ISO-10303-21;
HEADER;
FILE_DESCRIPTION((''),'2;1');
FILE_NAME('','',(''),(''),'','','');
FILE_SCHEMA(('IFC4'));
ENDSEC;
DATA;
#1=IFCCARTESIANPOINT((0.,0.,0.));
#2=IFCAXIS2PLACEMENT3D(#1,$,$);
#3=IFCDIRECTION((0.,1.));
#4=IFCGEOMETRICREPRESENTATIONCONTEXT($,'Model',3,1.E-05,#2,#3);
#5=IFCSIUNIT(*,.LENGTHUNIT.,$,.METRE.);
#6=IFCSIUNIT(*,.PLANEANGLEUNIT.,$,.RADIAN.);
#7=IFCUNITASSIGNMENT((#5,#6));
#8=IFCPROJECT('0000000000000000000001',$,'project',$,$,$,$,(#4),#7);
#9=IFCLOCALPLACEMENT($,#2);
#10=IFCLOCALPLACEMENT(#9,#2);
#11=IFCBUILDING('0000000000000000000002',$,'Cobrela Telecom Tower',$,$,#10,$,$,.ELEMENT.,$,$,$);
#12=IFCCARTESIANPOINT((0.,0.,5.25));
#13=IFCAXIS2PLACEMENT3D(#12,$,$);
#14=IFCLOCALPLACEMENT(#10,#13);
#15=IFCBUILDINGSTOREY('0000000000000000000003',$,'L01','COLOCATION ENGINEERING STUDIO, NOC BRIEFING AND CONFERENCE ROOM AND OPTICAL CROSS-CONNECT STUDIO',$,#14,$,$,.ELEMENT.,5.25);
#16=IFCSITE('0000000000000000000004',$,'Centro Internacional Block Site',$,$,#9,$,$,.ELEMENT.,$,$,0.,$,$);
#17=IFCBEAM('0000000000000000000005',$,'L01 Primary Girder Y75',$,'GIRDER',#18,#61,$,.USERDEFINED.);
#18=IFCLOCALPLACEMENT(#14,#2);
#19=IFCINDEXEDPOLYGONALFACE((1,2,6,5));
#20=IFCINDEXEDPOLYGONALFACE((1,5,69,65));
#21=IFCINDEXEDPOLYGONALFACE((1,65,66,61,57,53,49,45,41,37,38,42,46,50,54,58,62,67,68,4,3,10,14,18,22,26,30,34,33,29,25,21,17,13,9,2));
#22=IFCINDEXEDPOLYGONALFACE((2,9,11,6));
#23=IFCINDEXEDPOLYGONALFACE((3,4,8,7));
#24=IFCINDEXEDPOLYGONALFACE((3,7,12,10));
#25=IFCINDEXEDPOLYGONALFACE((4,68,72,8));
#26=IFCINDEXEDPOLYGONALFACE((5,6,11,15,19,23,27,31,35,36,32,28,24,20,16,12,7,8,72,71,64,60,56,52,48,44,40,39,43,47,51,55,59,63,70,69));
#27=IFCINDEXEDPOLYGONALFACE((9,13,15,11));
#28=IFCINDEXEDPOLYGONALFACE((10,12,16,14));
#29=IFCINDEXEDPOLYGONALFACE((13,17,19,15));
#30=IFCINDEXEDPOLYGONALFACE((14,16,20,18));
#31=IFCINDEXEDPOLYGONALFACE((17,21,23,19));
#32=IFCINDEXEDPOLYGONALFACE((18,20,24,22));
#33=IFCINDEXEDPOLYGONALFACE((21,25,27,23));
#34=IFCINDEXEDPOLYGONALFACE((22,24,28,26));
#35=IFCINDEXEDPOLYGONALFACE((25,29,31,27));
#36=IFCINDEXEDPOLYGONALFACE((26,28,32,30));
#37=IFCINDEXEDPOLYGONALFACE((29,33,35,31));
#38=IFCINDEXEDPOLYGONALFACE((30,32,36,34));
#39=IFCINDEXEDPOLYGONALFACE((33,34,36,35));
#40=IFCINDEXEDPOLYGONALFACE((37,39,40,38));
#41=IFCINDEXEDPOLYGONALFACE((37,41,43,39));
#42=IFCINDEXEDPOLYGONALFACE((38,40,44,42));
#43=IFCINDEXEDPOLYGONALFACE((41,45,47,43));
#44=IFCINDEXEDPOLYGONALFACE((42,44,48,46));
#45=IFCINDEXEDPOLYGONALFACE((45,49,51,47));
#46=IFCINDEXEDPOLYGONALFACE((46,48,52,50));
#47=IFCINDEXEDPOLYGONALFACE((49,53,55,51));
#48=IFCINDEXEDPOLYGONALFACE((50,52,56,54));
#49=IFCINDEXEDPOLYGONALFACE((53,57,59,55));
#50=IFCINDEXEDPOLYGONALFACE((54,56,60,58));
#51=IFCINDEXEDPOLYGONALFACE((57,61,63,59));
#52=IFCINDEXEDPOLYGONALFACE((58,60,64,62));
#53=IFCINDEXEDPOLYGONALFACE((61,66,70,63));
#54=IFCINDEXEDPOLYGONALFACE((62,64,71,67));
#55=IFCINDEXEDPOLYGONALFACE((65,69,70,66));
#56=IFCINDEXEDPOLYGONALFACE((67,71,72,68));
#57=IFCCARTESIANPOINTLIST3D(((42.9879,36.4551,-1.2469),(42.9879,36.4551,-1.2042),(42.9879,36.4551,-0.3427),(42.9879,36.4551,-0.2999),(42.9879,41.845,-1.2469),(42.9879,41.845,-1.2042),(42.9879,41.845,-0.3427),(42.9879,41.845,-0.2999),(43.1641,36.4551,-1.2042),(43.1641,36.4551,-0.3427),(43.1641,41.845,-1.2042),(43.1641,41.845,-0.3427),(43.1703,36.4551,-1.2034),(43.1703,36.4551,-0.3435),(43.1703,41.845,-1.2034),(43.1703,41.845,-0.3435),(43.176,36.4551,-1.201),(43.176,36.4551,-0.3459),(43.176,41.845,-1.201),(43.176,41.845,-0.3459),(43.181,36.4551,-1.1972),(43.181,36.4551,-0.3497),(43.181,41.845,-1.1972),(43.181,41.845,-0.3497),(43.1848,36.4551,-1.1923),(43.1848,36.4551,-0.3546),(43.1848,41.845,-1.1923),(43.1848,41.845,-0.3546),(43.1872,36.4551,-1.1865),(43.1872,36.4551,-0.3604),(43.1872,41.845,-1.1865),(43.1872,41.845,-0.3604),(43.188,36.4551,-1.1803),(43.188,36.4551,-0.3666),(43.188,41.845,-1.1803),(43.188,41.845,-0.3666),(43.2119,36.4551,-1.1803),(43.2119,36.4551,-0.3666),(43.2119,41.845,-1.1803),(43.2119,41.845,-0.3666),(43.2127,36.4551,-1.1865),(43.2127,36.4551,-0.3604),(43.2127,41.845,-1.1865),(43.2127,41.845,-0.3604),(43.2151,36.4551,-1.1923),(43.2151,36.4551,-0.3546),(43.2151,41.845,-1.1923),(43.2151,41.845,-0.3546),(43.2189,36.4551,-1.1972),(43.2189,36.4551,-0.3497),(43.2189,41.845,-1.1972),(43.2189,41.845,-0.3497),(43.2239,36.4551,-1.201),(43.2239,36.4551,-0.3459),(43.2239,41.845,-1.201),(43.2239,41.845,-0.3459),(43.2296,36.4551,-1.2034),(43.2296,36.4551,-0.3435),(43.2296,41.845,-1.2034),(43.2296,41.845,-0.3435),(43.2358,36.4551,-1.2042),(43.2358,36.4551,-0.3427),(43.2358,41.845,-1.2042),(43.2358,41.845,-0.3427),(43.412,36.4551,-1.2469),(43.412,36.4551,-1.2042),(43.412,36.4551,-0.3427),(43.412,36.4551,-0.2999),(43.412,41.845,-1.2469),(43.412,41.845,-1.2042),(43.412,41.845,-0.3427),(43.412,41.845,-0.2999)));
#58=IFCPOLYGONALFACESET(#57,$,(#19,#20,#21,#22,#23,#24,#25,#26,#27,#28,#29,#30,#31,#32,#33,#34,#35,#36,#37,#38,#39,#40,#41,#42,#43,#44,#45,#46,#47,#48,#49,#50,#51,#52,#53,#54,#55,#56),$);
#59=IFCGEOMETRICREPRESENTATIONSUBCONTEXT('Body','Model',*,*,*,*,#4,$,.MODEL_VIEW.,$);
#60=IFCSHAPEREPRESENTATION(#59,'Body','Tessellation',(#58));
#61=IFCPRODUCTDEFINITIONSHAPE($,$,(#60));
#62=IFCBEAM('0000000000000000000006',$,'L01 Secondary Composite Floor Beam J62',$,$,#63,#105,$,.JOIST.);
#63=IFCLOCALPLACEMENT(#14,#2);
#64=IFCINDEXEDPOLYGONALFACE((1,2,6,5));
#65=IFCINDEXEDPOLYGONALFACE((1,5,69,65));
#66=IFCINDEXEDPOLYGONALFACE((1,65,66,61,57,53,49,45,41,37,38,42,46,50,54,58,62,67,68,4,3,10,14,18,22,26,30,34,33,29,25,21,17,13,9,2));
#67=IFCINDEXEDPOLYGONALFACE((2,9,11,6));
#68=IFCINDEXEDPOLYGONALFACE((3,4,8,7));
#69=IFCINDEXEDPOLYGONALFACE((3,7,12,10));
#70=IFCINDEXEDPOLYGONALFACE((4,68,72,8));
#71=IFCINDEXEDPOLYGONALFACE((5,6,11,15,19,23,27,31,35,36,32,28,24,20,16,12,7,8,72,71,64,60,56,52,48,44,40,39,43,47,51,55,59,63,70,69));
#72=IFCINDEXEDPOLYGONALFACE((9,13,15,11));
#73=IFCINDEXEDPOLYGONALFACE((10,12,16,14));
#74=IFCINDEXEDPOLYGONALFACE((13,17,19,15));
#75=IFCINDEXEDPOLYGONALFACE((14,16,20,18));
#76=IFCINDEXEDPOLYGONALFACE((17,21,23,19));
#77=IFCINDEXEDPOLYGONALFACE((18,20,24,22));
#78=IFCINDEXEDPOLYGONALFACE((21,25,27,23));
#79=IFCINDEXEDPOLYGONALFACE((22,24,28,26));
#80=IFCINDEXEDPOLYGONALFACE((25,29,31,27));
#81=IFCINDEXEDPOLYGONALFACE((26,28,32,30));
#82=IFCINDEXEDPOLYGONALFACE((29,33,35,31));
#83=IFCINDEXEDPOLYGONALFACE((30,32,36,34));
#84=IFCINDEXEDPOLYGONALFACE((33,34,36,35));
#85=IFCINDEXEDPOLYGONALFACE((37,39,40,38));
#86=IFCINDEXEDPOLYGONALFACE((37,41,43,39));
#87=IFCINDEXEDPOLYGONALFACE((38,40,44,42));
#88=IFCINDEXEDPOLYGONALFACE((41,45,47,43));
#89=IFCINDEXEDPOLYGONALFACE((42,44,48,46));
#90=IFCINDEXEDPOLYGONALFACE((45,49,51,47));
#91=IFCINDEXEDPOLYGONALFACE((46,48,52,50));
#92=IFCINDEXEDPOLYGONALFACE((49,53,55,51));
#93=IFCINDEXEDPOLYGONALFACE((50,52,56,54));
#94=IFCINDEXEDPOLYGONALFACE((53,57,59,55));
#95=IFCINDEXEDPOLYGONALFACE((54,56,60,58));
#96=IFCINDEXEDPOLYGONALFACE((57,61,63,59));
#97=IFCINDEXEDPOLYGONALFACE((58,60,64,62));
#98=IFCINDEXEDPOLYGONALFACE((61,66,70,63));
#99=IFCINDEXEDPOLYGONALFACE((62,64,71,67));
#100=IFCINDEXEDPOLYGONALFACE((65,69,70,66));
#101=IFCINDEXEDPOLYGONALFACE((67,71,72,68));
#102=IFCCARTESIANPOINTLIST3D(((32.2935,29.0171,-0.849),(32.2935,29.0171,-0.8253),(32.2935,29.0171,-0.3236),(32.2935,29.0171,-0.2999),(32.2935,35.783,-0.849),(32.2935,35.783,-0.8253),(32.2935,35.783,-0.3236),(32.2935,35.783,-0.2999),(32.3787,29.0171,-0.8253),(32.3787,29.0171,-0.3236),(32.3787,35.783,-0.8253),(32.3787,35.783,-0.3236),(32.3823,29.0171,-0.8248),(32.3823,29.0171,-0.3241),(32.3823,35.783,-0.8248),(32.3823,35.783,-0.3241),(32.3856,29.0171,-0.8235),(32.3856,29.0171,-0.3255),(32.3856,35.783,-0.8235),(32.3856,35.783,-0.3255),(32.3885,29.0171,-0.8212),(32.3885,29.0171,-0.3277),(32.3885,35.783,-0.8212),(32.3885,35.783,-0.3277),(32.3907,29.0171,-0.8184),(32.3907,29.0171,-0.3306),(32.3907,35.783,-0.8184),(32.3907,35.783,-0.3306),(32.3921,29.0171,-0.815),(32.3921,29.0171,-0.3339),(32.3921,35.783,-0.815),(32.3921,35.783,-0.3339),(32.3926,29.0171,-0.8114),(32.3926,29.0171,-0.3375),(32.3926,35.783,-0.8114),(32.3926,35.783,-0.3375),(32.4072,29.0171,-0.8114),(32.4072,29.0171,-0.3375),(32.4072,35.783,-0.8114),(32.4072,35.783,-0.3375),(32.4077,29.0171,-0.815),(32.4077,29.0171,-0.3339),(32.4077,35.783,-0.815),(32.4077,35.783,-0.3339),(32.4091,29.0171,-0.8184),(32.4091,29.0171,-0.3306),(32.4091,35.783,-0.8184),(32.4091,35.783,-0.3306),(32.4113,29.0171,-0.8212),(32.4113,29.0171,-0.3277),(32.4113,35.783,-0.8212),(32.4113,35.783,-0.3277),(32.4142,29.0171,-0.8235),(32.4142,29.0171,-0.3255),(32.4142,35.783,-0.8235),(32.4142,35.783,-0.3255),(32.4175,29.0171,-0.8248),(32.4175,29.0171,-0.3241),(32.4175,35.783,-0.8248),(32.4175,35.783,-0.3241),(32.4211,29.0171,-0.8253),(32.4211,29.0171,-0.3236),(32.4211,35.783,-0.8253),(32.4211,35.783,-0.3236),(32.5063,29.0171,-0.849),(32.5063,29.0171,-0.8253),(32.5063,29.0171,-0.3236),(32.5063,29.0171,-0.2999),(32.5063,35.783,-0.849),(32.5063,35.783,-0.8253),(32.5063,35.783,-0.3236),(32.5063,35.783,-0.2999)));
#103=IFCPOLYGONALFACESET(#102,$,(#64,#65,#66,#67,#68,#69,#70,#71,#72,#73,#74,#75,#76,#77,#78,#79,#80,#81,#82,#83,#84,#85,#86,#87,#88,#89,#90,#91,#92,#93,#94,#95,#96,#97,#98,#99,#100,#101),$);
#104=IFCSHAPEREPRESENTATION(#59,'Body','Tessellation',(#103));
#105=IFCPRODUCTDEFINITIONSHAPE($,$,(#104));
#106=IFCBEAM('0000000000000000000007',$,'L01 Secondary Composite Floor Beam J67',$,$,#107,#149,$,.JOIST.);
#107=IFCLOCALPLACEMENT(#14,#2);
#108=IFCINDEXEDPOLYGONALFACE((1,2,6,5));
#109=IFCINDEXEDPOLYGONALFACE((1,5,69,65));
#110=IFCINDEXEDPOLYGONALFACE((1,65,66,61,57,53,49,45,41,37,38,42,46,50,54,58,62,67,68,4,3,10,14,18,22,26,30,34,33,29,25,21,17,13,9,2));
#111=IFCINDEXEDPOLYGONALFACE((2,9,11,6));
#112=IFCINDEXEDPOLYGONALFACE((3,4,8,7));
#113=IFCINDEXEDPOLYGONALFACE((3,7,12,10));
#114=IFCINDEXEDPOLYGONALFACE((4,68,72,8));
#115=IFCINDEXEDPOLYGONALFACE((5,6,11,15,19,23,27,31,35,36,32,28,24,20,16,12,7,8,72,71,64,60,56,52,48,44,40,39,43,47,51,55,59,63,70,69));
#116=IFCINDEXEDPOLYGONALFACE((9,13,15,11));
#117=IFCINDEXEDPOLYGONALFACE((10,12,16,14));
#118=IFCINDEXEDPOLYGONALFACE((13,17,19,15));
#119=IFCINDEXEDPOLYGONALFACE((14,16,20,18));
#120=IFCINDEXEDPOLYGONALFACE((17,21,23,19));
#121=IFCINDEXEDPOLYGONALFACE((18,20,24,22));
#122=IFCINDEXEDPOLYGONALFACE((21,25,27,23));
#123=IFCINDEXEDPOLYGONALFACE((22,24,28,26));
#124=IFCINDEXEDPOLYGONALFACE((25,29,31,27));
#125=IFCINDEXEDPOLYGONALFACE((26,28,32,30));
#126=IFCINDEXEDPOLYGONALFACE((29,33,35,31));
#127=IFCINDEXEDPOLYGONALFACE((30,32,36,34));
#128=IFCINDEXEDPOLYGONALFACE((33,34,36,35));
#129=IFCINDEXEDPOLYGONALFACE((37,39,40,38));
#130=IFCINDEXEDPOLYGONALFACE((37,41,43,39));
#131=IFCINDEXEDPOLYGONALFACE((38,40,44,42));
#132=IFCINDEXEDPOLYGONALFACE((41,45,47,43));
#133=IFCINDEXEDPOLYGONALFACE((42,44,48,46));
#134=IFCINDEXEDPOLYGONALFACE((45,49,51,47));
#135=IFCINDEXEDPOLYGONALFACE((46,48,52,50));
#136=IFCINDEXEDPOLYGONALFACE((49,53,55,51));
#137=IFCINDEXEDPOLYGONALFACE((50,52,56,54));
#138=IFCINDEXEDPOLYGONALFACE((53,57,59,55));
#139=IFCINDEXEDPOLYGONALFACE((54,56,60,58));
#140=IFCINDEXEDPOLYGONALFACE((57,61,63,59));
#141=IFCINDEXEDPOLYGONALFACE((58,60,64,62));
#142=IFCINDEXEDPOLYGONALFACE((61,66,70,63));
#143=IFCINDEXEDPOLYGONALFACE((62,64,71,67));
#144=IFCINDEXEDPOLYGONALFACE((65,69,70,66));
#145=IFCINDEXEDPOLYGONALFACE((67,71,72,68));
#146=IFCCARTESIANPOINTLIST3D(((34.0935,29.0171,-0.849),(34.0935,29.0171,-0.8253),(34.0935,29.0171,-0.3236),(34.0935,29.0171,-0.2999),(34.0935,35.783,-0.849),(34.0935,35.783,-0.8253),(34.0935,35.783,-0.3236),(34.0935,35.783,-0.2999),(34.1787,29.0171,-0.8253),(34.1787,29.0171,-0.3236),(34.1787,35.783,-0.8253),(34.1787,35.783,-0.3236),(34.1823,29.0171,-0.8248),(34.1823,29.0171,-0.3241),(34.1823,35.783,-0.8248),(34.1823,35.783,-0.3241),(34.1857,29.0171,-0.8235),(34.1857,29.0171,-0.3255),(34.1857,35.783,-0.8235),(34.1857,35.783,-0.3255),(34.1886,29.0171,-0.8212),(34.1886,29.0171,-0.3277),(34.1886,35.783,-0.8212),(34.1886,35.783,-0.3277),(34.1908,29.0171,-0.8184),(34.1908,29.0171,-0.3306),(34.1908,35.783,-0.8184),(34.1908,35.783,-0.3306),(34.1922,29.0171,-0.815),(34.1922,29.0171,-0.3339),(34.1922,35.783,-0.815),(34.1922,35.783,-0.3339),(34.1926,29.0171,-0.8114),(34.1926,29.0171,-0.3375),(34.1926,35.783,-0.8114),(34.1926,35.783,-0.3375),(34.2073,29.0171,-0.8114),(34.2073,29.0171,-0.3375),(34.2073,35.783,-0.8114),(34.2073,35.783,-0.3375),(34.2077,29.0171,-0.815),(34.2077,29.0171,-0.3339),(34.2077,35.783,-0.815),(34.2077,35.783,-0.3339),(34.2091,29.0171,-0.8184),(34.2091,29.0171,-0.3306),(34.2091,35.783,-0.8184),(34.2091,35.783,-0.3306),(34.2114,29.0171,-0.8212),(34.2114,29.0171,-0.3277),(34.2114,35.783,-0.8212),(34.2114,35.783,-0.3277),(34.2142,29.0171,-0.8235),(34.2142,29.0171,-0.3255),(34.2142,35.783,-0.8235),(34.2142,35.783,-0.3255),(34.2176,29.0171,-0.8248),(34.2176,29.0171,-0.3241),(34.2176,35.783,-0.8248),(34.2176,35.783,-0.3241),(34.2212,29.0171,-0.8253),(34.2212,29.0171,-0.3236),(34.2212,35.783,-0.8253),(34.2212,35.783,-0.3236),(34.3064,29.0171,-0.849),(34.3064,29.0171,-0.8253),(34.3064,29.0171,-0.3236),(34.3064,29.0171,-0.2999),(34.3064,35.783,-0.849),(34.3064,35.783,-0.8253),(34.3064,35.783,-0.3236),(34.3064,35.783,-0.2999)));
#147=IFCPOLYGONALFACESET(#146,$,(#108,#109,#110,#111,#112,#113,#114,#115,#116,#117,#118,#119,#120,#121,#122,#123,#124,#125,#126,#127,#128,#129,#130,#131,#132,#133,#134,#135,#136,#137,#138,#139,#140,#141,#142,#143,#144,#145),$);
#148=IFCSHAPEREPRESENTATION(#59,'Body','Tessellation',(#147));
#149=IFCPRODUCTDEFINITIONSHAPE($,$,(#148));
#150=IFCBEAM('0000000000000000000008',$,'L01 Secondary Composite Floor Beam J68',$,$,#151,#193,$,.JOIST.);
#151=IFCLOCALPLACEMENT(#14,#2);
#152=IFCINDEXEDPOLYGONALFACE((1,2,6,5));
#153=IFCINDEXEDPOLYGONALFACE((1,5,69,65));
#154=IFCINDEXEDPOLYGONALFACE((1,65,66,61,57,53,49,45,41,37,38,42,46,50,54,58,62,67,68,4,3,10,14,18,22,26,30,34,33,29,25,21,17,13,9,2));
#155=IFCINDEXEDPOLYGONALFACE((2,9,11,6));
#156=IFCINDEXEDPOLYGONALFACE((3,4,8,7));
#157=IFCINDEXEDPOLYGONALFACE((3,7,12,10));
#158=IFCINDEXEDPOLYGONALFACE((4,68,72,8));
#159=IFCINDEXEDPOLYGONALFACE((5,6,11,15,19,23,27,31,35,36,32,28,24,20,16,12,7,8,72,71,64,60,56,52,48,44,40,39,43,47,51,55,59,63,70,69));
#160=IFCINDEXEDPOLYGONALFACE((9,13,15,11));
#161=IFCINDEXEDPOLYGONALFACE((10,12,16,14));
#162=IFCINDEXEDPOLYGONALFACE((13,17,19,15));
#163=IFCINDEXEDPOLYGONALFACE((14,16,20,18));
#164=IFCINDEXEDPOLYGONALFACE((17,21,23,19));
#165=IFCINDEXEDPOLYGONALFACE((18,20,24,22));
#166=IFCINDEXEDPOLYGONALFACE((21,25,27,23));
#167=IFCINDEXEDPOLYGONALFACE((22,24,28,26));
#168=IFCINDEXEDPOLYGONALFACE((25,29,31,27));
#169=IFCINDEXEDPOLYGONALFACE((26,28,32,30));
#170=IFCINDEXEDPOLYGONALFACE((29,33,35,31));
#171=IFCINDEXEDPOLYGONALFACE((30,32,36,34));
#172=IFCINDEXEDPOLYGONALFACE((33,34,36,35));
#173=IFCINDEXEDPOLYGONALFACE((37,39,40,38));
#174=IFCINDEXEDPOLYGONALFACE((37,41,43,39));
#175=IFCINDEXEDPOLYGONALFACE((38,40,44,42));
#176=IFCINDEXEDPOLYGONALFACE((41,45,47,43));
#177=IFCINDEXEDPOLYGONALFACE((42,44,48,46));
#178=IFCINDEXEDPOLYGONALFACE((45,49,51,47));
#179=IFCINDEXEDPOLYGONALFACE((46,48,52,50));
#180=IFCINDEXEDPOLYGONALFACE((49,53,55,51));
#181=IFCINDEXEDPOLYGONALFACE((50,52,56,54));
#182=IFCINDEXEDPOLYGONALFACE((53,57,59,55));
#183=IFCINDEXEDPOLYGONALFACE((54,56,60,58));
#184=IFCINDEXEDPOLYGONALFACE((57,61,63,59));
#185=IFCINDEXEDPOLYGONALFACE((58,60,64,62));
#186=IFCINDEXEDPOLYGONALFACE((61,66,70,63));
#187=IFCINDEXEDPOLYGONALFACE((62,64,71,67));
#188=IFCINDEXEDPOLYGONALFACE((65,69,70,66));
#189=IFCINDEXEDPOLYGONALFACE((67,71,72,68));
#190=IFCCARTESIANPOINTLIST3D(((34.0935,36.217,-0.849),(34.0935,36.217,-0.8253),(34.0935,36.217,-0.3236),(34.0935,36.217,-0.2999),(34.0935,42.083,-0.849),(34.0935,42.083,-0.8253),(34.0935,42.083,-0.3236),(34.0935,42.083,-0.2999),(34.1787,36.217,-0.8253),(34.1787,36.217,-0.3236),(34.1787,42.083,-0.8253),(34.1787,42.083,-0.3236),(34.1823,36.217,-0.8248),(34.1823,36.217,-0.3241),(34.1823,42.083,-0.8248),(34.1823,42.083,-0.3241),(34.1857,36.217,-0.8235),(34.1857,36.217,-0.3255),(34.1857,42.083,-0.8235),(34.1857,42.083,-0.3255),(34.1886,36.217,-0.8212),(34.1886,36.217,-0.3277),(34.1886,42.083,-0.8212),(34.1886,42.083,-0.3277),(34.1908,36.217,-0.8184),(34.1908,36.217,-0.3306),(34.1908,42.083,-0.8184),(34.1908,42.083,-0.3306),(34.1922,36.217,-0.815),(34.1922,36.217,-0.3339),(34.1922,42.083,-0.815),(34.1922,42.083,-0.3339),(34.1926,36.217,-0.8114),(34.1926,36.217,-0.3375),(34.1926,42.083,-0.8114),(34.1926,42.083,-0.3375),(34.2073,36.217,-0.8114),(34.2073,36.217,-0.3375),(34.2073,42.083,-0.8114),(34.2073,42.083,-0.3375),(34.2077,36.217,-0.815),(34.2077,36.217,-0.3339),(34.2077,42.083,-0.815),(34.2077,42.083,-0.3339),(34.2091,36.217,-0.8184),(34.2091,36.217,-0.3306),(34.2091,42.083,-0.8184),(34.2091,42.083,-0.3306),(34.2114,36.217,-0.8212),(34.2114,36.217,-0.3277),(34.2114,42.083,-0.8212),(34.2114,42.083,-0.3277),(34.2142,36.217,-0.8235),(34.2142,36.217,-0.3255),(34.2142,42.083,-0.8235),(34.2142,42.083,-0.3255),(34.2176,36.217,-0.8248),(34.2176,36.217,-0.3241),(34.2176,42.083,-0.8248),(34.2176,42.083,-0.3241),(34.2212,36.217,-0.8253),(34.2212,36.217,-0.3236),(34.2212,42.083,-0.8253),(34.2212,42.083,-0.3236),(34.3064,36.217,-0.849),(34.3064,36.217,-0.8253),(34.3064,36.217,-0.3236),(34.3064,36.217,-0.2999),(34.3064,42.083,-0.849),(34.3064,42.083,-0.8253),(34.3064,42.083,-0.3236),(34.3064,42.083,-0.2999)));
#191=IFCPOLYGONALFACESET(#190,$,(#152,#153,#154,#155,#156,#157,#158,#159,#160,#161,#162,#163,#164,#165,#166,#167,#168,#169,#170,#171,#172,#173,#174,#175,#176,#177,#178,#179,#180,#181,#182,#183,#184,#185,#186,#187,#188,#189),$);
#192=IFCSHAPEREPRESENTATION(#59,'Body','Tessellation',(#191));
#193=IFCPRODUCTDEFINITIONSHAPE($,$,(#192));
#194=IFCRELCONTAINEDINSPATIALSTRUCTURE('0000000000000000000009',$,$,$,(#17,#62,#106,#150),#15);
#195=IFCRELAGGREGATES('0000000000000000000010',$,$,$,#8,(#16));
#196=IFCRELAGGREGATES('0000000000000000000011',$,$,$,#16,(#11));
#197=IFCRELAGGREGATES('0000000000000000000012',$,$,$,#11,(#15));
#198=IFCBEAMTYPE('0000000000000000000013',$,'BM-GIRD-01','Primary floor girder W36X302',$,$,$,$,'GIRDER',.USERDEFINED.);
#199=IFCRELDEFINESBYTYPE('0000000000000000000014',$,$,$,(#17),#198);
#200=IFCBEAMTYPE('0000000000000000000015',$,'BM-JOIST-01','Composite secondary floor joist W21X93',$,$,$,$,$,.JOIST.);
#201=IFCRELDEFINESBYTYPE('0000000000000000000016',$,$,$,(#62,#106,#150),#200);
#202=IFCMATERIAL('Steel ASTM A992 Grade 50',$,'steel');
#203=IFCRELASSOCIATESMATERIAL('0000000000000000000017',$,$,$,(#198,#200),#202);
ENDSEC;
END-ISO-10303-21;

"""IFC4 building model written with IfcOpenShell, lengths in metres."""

from ifc_helpers import new_model, si_unit, direction, frame, origin, origin_2d, place, context, subcontext, project, spatial, i_section, extrude, material, material_profile, profile_set, type_object, element, save


model = new_model("IFC4")

# Units and contexts
model_context = context("Model", 3, precision=1e-05, world=origin(), true_north=direction((0.0, 1.0)))
body_context = subcontext(model_context, "Body", "Model", "MODEL_VIEW")
ifc_project = project(units=[si_unit("LENGTHUNIT", "METRE"), si_unit("PLANEANGLEUNIT", "RADIAN")], contexts=[model_context])

# Site, building, storey
site_placement = place(None, origin())
site = spatial("IfcSite", under=ifc_project, at=site_placement, Name="Centro Internacional Block Site", CompositionType="ELEMENT", RefElevation=0.0)
building_placement = place(site_placement, origin())
building = spatial("IfcBuilding", under=site, at=building_placement, Name="Cobrela Telecom Tower", CompositionType="ELEMENT")
storey_placement = place(building_placement, frame((0.0, 0.0, 5.25)))
storey = spatial("IfcBuildingStorey", under=building, at=storey_placement, Name="L01", Description="COLOCATION ENGINEERING STUDIO, NOC BRIEFING AND CONFERENCE ROOM AND OPTICAL CROSS-CONNECT STUDIO", CompositionType="ELEMENT", Elevation=5.25)

# Beams
ifc_material_1 = material(Name="Steel ASTM A992 Grade 50", Category="steel")
ifc_material_profile_1 = material_profile(ifc_material_1, i_section(OverallWidth=0.4241, OverallDepth=0.947, WebThickness=0.0239, FlangeThickness=0.0427, FilletRadius=0.0239, at=origin_2d()), Name="W36X302")
ifc_profile_set_1 = profile_set([ifc_material_profile_1], Name="Steel ASTM A992 Grade 50")
beam_type_1 = type_object("IfcBeamType", Name="BM-GIRD-01", Description="Primary floor girder W36X302", ElementType="GIRDER", PredefinedType="USERDEFINED", material=ifc_profile_set_1)
beam_1_placement = place(storey_placement, frame((43.2, 36.4551, -0.7734), z_axis=(0.0, 1.0, 0.0), x_axis=(-1.0, 0.0, 0.0)))
element("IfcBeam", 1, at=beam_1_placement, inside=storey, type_object=beam_type_1, Name="L01 Primary Girder Y75", ObjectType="GIRDER", PredefinedType="USERDEFINED", context=body_context, shape_type="SweptSolid", body=[
    extrude(i_section(OverallWidth=0.4241, OverallDepth=0.947, WebThickness=0.0239, FlangeThickness=0.0427, FilletRadius=0.0239, at=origin_2d()), origin(), (0.0, 0.0, 1.0), 5.3899),
])
ifc_material_profile_2 = material_profile(ifc_material_1, i_section(OverallWidth=0.2129, OverallDepth=0.5491, WebThickness=0.0146, FlangeThickness=0.0237, FilletRadius=0.0139, at=origin_2d()), Name="W21X93")
ifc_profile_set_2 = profile_set([ifc_material_profile_2], Name="Steel ASTM A992 Grade 50")
beam_type_2 = type_object("IfcBeamType", Name="BM-JOIST-01", Description="Composite secondary floor joist W21X93", PredefinedType="JOIST", material=ifc_profile_set_2)
for number, where, z_axis, x_axis, name in (
    (2, (32.3999, 29.0171, -0.5745), (0.0, 1.0, 0.0), (-1.0, 0.0, 0.0), "L01 Secondary Composite Floor Beam J62"),
    (3, (34.2, 29.0171, -0.5745), (0.0, 1.0, 0.0), (-1.0, 0.0, 0.0), "L01 Secondary Composite Floor Beam J67"),
):
    element("IfcBeam", number, at=place(storey_placement, frame(where, z_axis=z_axis, x_axis=x_axis)), inside=storey, type_object=beam_type_2, Name=name, PredefinedType="JOIST", context=body_context, shape_type="SweptSolid", body=[
        extrude(i_section(OverallWidth=0.2129, OverallDepth=0.5491, WebThickness=0.0146, FlangeThickness=0.0237, FilletRadius=0.0139, at=origin_2d()), origin(), (0.0, 0.0, 1.0), 6.7659),
    ])
beam_2_placement = place(storey_placement, frame((34.2, 36.217, -0.5745), z_axis=(0.0, 1.0, 0.0), x_axis=(-1.0, 0.0, 0.0)))
element("IfcBeam", 4, at=beam_2_placement, inside=storey, type_object=beam_type_2, Name="L01 Secondary Composite Floor Beam J68", PredefinedType="JOIST", context=body_context, shape_type="SweptSolid", body=[
    extrude(i_section(OverallWidth=0.2129, OverallDepth=0.5491, WebThickness=0.0146, FlangeThickness=0.0237, FilletRadius=0.0139, at=origin_2d()), origin(), (0.0, 0.0, 1.0), 5.866),
])

save(model, "model.ifc")
